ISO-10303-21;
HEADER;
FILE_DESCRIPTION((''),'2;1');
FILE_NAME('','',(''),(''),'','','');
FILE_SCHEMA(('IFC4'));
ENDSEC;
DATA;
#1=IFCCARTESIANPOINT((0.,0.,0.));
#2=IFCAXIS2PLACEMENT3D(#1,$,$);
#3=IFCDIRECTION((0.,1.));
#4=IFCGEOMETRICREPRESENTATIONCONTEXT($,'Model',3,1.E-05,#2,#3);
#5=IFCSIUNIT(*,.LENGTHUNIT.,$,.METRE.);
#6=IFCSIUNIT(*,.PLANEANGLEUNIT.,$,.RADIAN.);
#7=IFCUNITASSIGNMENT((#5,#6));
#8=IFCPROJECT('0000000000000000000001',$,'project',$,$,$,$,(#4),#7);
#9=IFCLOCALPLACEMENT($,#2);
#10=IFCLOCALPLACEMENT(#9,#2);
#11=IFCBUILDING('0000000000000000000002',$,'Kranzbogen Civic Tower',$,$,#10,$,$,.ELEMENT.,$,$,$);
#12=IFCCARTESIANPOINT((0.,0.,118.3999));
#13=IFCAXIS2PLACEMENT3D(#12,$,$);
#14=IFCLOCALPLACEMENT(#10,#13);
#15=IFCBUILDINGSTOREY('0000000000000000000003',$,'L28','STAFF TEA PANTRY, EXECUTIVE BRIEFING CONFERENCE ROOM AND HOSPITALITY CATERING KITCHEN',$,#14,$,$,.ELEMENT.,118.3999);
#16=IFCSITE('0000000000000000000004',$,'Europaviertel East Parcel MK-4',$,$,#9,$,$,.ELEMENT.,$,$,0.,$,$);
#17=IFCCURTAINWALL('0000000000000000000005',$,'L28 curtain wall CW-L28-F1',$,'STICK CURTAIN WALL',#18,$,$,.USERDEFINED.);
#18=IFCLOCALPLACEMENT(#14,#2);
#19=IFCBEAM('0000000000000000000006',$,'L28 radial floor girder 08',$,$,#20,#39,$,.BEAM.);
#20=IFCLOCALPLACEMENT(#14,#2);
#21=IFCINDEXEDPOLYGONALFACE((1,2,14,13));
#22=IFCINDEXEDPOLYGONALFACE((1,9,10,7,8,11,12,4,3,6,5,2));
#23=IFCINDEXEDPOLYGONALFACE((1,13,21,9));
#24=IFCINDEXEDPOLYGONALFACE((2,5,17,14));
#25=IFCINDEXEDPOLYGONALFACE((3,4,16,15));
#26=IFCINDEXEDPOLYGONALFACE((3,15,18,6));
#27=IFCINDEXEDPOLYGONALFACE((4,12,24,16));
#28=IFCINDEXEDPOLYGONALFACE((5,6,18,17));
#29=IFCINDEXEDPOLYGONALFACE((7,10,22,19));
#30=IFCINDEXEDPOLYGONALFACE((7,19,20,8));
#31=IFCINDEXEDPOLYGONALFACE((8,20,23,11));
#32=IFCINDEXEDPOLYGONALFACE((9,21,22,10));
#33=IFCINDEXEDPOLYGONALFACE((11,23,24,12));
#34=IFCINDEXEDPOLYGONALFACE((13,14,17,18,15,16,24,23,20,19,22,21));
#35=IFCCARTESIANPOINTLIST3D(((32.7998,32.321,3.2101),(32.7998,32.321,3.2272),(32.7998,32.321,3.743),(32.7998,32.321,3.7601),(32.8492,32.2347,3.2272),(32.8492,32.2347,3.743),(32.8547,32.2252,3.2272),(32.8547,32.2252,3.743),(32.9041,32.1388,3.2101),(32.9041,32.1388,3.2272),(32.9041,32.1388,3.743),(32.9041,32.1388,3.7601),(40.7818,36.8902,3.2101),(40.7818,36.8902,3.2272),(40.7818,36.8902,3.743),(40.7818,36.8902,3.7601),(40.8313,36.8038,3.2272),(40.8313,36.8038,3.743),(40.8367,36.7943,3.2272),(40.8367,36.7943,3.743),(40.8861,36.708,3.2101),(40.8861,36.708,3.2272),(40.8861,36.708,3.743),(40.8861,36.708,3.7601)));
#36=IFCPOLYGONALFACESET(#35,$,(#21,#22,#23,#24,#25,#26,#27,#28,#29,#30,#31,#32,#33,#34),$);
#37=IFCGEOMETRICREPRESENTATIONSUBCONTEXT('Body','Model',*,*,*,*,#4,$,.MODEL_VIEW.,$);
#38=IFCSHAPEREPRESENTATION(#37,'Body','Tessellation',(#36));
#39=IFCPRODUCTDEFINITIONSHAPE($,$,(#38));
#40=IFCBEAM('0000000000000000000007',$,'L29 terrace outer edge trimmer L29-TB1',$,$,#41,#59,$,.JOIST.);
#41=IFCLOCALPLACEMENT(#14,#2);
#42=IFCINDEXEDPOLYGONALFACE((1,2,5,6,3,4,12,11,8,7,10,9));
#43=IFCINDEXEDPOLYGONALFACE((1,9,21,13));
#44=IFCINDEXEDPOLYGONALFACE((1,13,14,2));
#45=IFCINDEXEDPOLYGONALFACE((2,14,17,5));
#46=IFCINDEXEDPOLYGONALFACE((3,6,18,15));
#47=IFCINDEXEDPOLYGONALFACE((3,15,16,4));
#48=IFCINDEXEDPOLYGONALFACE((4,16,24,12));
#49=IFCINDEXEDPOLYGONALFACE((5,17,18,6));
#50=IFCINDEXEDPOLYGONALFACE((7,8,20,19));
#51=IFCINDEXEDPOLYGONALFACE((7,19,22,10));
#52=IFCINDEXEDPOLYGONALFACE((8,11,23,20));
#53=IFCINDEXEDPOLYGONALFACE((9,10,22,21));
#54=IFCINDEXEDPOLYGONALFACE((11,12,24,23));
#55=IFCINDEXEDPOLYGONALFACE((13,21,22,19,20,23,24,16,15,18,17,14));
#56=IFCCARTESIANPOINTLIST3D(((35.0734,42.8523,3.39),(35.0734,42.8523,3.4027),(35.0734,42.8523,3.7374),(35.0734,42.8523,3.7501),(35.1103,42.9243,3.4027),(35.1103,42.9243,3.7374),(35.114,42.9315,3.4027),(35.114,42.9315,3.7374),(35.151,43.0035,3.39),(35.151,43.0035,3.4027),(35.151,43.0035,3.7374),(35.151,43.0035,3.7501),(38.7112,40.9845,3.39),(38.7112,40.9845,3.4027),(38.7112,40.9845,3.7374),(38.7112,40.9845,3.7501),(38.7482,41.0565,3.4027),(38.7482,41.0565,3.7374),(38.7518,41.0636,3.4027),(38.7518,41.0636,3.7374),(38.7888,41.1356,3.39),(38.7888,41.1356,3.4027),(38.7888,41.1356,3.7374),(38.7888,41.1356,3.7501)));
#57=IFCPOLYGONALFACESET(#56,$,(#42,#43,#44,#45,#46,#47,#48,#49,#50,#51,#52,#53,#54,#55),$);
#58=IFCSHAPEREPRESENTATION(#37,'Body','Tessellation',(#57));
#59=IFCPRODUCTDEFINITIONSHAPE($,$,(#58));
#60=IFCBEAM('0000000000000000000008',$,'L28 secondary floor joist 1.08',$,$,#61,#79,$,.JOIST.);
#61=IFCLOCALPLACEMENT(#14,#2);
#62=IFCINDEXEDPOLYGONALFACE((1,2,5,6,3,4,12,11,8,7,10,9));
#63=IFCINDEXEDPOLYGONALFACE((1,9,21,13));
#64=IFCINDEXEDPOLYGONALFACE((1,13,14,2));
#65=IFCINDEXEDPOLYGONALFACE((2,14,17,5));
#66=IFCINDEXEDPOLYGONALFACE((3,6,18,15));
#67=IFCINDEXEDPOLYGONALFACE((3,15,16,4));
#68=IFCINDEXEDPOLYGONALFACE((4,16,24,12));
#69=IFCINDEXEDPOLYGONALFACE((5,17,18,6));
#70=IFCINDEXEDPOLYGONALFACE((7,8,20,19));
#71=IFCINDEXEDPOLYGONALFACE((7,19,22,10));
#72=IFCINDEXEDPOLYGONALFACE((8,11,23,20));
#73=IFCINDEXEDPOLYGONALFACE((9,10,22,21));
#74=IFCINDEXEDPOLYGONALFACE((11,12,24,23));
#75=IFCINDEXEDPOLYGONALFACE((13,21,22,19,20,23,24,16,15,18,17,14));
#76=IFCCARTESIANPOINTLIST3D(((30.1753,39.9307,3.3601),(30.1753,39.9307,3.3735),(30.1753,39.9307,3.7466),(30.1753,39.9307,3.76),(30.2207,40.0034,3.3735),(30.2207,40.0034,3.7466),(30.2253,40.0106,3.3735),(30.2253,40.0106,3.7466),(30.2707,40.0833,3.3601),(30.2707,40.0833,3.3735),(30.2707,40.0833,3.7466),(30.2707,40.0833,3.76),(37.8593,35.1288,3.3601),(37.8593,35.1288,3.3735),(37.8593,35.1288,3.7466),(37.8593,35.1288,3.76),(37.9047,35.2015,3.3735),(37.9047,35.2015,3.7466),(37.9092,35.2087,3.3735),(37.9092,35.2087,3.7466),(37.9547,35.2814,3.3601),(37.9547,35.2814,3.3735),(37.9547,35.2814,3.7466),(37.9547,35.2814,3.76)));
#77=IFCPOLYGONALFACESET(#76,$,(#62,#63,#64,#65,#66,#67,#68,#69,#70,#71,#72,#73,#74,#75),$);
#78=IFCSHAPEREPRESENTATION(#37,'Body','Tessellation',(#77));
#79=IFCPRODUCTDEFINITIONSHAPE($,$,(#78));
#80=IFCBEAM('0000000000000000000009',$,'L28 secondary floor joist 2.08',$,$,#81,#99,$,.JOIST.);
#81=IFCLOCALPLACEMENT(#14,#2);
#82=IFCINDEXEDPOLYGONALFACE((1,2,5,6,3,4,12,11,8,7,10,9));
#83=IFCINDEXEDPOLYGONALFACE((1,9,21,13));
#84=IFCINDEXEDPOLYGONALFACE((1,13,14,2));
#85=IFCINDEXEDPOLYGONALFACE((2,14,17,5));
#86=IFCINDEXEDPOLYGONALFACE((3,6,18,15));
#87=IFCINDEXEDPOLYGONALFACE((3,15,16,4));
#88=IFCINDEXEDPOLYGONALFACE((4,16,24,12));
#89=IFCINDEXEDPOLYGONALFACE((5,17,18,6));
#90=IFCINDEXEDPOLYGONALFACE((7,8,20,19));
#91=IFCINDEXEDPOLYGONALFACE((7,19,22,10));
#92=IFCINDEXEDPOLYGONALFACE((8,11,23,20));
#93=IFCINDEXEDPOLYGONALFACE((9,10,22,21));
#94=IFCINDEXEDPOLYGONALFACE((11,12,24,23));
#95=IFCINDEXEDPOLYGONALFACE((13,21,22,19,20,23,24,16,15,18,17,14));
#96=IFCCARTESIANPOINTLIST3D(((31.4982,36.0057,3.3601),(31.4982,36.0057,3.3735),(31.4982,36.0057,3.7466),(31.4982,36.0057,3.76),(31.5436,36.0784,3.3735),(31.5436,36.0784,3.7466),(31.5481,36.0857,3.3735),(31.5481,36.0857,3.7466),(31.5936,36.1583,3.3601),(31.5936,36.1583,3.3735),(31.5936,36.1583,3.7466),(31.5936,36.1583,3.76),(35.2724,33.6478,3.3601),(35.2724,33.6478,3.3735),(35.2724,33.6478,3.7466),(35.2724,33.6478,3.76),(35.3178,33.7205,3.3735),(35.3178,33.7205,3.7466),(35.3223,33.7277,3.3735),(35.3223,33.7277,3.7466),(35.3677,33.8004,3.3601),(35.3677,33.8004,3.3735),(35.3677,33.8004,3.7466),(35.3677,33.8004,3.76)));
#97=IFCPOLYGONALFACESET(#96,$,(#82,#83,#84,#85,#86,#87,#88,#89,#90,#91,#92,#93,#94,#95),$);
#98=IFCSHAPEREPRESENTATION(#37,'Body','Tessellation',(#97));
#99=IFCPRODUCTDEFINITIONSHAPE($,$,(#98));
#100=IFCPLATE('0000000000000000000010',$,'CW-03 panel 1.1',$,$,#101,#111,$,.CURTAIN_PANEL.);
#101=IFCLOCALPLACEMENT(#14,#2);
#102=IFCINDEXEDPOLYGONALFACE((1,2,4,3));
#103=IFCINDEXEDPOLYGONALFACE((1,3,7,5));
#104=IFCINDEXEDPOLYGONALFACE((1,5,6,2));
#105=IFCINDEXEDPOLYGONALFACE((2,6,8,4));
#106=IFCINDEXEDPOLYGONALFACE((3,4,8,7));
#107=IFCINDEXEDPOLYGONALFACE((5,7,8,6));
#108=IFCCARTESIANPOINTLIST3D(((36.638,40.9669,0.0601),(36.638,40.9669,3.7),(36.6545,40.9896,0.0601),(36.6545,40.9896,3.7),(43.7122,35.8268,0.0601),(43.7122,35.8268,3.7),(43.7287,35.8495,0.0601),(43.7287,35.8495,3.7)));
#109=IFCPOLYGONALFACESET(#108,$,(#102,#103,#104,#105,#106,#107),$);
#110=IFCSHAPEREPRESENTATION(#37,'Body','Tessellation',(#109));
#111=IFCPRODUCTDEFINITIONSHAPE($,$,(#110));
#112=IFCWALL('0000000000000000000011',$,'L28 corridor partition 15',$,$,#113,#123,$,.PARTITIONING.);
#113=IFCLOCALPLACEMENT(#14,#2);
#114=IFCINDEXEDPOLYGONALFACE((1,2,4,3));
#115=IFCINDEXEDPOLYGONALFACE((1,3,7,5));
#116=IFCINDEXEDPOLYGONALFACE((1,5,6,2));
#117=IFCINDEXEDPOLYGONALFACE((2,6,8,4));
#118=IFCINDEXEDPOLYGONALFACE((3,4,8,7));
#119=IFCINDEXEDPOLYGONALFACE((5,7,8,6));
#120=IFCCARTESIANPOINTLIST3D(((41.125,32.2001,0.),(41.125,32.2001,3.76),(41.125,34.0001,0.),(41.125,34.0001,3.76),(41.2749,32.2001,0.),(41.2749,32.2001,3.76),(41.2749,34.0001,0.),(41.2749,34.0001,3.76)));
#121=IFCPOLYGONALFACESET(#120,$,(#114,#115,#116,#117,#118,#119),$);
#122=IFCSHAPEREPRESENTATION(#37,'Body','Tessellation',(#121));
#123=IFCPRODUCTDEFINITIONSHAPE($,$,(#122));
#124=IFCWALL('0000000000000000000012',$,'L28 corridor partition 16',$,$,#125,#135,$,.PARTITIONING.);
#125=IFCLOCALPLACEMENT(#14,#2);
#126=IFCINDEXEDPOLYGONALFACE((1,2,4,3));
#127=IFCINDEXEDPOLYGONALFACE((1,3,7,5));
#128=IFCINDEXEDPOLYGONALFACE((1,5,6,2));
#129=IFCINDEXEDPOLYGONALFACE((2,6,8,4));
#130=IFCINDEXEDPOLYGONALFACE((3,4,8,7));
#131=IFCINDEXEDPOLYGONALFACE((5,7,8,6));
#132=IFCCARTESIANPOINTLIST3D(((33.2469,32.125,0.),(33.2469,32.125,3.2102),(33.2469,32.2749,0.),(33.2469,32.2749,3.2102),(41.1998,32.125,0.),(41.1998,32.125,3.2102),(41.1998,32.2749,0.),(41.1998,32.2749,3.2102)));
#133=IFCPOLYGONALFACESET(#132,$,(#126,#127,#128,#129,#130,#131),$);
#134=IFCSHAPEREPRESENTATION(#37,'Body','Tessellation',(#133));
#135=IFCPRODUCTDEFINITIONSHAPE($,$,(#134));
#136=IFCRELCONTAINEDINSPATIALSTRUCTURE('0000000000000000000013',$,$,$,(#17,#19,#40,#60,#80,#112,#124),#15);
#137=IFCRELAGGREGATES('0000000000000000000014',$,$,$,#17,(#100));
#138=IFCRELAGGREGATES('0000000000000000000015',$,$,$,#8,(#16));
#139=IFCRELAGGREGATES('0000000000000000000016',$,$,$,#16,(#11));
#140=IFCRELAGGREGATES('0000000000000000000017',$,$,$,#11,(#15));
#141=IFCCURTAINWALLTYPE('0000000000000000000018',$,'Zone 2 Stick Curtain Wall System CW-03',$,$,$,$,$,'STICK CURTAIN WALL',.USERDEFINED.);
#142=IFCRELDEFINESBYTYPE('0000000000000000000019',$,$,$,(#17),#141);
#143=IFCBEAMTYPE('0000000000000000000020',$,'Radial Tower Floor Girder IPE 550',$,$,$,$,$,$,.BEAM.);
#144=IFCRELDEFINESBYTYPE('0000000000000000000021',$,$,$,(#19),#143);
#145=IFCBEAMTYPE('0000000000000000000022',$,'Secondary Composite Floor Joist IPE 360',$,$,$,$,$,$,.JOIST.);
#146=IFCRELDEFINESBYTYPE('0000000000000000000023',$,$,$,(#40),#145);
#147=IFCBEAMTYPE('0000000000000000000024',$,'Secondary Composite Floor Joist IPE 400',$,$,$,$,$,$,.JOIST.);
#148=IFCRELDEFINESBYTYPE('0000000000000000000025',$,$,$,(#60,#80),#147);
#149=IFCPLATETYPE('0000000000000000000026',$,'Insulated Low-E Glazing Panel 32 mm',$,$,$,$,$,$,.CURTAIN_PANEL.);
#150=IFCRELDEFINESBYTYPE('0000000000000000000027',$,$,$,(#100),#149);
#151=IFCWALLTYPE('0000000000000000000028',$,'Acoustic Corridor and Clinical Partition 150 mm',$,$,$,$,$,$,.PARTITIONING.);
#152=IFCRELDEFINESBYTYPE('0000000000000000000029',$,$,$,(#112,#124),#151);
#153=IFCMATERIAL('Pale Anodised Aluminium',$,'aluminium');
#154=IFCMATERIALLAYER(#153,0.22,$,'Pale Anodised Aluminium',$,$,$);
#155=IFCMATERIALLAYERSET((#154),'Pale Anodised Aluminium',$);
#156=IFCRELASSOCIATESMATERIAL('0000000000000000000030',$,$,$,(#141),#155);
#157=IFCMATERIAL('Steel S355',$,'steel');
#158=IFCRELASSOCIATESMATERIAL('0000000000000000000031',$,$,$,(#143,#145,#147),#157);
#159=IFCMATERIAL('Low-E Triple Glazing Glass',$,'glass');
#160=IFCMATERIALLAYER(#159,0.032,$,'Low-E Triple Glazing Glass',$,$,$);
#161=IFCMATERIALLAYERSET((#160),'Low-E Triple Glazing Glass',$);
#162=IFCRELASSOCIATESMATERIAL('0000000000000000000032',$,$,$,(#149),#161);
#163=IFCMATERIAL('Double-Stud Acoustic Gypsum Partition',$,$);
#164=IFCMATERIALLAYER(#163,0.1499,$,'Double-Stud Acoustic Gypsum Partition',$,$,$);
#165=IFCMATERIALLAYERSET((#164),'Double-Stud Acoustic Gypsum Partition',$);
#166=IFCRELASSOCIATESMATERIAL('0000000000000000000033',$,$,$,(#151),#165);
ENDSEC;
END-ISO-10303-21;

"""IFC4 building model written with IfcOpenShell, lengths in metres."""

from ifc_helpers import new_model, si_unit, direction, frame, frame_2d, origin, origin_2d, place, context, subcontext, project, spatial, rectangle, i_section, extrude, material, layer, layer_set, material_profile, profile_set, type_object, element, aggregate, save


model = new_model("IFC4")

# Units and contexts
model_context = context("Model", 3, precision=1e-05, world=origin(), true_north=direction((0.0, 1.0)))
body_context = subcontext(model_context, "Body", "Model", "MODEL_VIEW")
ifc_project = project(units=[si_unit("LENGTHUNIT", "METRE"), si_unit("PLANEANGLEUNIT", "RADIAN")], contexts=[model_context])

# Site, building, storey
site_placement = place(None, origin())
site = spatial("IfcSite", under=ifc_project, at=site_placement, Name="Europaviertel East Parcel MK-4", CompositionType="ELEMENT", RefElevation=0.0)
building_placement = place(site_placement, origin())
building = spatial("IfcBuilding", under=site, at=building_placement, Name="Kranzbogen Civic Tower", CompositionType="ELEMENT")
storey_placement = place(building_placement, frame((0.0, 0.0, 118.3999)))
storey = spatial("IfcBuildingStorey", under=building, at=storey_placement, Name="L28", Description="STAFF TEA PANTRY, EXECUTIVE BRIEFING CONFERENCE ROOM AND HOSPITALITY CATERING KITCHEN", CompositionType="ELEMENT", Elevation=118.3999)

# Curtain wall
ifc_material_1 = material(Name="Pale Anodised Aluminium", Category="aluminium")
ifc_layer_1 = layer(ifc_material_1, 0.22, Name="Pale Anodised Aluminium")
ifc_layer_set_1 = layer_set([ifc_layer_1], Name="Pale Anodised Aluminium")
curtain_wall_type = type_object("IfcCurtainWallType", Name="Zone 2 Stick Curtain Wall System CW-03", ElementType="STICK CURTAIN WALL", PredefinedType="USERDEFINED", material=ifc_layer_set_1)
curtain_wall_placement = place(storey_placement, origin())
curtain_wall = element("IfcCurtainWall", 1, at=curtain_wall_placement, inside=storey, type_object=curtain_wall_type, Name="L28 curtain wall CW-L28-F1", ObjectType="STICK CURTAIN WALL", PredefinedType="USERDEFINED")

# Beams
ifc_material_2 = material(Name="Steel S355", Category="steel")
ifc_material_profile_1 = material_profile(ifc_material_2, i_section(OverallWidth=0.21, OverallDepth=0.55, WebThickness=0.011, FlangeThickness=0.0171, at=origin_2d()), Name="IPE 550")
ifc_profile_set_1 = profile_set([ifc_material_profile_1], Name="Steel S355")
beam_type_1 = type_object("IfcBeamType", Name="Radial Tower Floor Girder IPE 550", PredefinedType="BEAM", material=ifc_profile_set_1)
beam_1_placement = place(storey_placement, frame((40.834, 36.7991, 3.4851), z_axis=(-0.867869, -0.496793, 0.0), x_axis=(0.496793, -0.867869, 0.0)))
element("IfcBeam", 2, at=beam_1_placement, inside=storey, type_object=beam_type_1, Name="L28 radial floor girder 08", PredefinedType="BEAM", context=body_context, shape_type="SweptSolid", body=[
    extrude(i_section(OverallWidth=0.21, OverallDepth=0.55, WebThickness=0.011, FlangeThickness=0.0171, at=origin_2d()), origin(), (0.0, 0.0, 1.0), 9.1973),
])
ifc_material_profile_2 = material_profile(ifc_material_2, i_section(OverallWidth=0.1699, OverallDepth=0.3601, WebThickness=0.0081, FlangeThickness=0.0127, at=origin_2d()), Name="IPE 360")
ifc_profile_set_2 = profile_set([ifc_material_profile_2], Name="Steel S355")
beam_type_2 = type_object("IfcBeamType", Name="Secondary Composite Floor Joist IPE 360", PredefinedType="JOIST", material=ifc_profile_set_2)
beam_2_placement = place(storey_placement, frame((38.75, 41.0601, 3.5701), z_axis=(-0.889588, 0.456764, 0.0), x_axis=(-0.456764, -0.889588, 0.0)))
element("IfcBeam", 3, at=beam_2_placement, inside=storey, type_object=beam_type_2, Name="L29 terrace outer edge trimmer L29-TB1", PredefinedType="JOIST", context=body_context, shape_type="SweptSolid", body=[
    extrude(i_section(OverallWidth=0.1699, OverallDepth=0.3601, WebThickness=0.0081, FlangeThickness=0.0127, at=origin_2d()), origin(), (0.0, 0.0, 1.0), 4.0894),
])
ifc_material_profile_3 = material_profile(ifc_material_2, i_section(OverallWidth=0.1799, OverallDepth=0.3999, WebThickness=0.0085, FlangeThickness=0.0134, at=origin_2d()), Name="IPE 400")
ifc_profile_set_3 = profile_set([ifc_material_profile_3], Name="Steel S355")
beam_type_3 = type_object("IfcBeamType", Name="Secondary Composite Floor Joist IPE 400", PredefinedType="JOIST", material=ifc_profile_set_3)
beam_3_placement = place(storey_placement, frame((37.907, 35.2051, 3.5601), z_axis=(-0.848026, 0.529955, 0.0), x_axis=(-0.529955, -0.848026, 0.0)))
element("IfcBeam", 4, at=beam_3_placement, inside=storey, type_object=beam_type_3, Name="L28 secondary floor joist 1.08", PredefinedType="JOIST", context=body_context, shape_type="SweptSolid", body=[
    extrude(i_section(OverallWidth=0.1799, OverallDepth=0.3999, WebThickness=0.0085, FlangeThickness=0.0134, at=origin_2d()), origin(), (0.0, 0.0, 1.0), 9.061),
])
beam_4_placement = place(storey_placement, frame((35.3201, 33.7241, 3.5601), z_axis=(-0.848094, 0.529846, 0.0), x_axis=(-0.529846, -0.848094, 0.0)))
element("IfcBeam", 5, at=beam_4_placement, inside=storey, type_object=beam_type_3, Name="L28 secondary floor joist 2.08", PredefinedType="JOIST", context=body_context, shape_type="SweptSolid", body=[
    extrude(i_section(OverallWidth=0.1799, OverallDepth=0.3999, WebThickness=0.0085, FlangeThickness=0.0134, at=origin_2d()), origin(), (0.0, 0.0, 1.0), 4.4502),
])

# Plate
ifc_material_3 = material(Name="Low-E Triple Glazing Glass", Category="glass")
ifc_layer_2 = layer(ifc_material_3, 0.032, Name="Low-E Triple Glazing Glass")
ifc_layer_set_2 = layer_set([ifc_layer_2], Name="Low-E Triple Glazing Glass")
plate_type = type_object("IfcPlateType", Name="Insulated Low-E Glazing Panel 32 mm", PredefinedType="CURTAIN_PANEL", material=ifc_layer_set_2)
plate_placement = place(storey_placement, frame((40.1833, 38.4082, 0.0601), z_axis=(0.0, 0.0, 1.0), x_axis=(-0.808995, 0.587815, 0.0)))
plate = element("IfcPlate", 6, at=plate_placement, type_object=plate_type, Name="CW-03 panel 1.1", PredefinedType="CURTAIN_PANEL", context=body_context, shape_type="SweptSolid", body=[
    extrude(rectangle(XDim=8.7444, YDim=0.0281, at=origin_2d()), origin(), (0.0, 0.0, 1.0), 3.6399),
])
aggregate(curtain_wall, [plate])

# Walls
ifc_material_4 = material(Name="Double-Stud Acoustic Gypsum Partition")
ifc_layer_3 = layer(ifc_material_4, 0.1499, Name="Double-Stud Acoustic Gypsum Partition")
ifc_layer_set_3 = layer_set([ifc_layer_3], Name="Double-Stud Acoustic Gypsum Partition")
wall_type = type_object("IfcWallType", Name="Acoustic Corridor and Clinical Partition 150 mm", PredefinedType="PARTITIONING", material=ifc_layer_set_3)
wall_1_placement = place(storey_placement, frame((41.2, 34.0, 0.0), z_axis=(0.0, 0.0, 1.0), x_axis=(0.0, -1.0, 0.0)))
element("IfcWall", 7, at=wall_1_placement, inside=storey, type_object=wall_type, Name="L28 corridor partition 15", PredefinedType="PARTITIONING", context=body_context, shape_type="SweptSolid", body=[
    extrude(rectangle(XDim=1.8, YDim=0.1499, at=frame_2d((0.8999, 0.0))), origin(), (0.0, 0.0, 1.0), 3.76),
])
wall_2_placement = place(storey_placement, frame((41.2, 32.2, 0.0), z_axis=(0.0, 0.0, 1.0), x_axis=(-1.0, 0.0, 0.0)))
element("IfcWall", 8, at=wall_2_placement, inside=storey, type_object=wall_type, Name="L28 corridor partition 16", PredefinedType="PARTITIONING", context=body_context, shape_type="SweptSolid", body=[
    extrude(rectangle(XDim=7.9529, YDim=0.1499, at=frame_2d((3.9766, 0.0))), origin(), (0.0, 0.0, 1.0), 3.2102),
])

save(model, "model.ifc")
